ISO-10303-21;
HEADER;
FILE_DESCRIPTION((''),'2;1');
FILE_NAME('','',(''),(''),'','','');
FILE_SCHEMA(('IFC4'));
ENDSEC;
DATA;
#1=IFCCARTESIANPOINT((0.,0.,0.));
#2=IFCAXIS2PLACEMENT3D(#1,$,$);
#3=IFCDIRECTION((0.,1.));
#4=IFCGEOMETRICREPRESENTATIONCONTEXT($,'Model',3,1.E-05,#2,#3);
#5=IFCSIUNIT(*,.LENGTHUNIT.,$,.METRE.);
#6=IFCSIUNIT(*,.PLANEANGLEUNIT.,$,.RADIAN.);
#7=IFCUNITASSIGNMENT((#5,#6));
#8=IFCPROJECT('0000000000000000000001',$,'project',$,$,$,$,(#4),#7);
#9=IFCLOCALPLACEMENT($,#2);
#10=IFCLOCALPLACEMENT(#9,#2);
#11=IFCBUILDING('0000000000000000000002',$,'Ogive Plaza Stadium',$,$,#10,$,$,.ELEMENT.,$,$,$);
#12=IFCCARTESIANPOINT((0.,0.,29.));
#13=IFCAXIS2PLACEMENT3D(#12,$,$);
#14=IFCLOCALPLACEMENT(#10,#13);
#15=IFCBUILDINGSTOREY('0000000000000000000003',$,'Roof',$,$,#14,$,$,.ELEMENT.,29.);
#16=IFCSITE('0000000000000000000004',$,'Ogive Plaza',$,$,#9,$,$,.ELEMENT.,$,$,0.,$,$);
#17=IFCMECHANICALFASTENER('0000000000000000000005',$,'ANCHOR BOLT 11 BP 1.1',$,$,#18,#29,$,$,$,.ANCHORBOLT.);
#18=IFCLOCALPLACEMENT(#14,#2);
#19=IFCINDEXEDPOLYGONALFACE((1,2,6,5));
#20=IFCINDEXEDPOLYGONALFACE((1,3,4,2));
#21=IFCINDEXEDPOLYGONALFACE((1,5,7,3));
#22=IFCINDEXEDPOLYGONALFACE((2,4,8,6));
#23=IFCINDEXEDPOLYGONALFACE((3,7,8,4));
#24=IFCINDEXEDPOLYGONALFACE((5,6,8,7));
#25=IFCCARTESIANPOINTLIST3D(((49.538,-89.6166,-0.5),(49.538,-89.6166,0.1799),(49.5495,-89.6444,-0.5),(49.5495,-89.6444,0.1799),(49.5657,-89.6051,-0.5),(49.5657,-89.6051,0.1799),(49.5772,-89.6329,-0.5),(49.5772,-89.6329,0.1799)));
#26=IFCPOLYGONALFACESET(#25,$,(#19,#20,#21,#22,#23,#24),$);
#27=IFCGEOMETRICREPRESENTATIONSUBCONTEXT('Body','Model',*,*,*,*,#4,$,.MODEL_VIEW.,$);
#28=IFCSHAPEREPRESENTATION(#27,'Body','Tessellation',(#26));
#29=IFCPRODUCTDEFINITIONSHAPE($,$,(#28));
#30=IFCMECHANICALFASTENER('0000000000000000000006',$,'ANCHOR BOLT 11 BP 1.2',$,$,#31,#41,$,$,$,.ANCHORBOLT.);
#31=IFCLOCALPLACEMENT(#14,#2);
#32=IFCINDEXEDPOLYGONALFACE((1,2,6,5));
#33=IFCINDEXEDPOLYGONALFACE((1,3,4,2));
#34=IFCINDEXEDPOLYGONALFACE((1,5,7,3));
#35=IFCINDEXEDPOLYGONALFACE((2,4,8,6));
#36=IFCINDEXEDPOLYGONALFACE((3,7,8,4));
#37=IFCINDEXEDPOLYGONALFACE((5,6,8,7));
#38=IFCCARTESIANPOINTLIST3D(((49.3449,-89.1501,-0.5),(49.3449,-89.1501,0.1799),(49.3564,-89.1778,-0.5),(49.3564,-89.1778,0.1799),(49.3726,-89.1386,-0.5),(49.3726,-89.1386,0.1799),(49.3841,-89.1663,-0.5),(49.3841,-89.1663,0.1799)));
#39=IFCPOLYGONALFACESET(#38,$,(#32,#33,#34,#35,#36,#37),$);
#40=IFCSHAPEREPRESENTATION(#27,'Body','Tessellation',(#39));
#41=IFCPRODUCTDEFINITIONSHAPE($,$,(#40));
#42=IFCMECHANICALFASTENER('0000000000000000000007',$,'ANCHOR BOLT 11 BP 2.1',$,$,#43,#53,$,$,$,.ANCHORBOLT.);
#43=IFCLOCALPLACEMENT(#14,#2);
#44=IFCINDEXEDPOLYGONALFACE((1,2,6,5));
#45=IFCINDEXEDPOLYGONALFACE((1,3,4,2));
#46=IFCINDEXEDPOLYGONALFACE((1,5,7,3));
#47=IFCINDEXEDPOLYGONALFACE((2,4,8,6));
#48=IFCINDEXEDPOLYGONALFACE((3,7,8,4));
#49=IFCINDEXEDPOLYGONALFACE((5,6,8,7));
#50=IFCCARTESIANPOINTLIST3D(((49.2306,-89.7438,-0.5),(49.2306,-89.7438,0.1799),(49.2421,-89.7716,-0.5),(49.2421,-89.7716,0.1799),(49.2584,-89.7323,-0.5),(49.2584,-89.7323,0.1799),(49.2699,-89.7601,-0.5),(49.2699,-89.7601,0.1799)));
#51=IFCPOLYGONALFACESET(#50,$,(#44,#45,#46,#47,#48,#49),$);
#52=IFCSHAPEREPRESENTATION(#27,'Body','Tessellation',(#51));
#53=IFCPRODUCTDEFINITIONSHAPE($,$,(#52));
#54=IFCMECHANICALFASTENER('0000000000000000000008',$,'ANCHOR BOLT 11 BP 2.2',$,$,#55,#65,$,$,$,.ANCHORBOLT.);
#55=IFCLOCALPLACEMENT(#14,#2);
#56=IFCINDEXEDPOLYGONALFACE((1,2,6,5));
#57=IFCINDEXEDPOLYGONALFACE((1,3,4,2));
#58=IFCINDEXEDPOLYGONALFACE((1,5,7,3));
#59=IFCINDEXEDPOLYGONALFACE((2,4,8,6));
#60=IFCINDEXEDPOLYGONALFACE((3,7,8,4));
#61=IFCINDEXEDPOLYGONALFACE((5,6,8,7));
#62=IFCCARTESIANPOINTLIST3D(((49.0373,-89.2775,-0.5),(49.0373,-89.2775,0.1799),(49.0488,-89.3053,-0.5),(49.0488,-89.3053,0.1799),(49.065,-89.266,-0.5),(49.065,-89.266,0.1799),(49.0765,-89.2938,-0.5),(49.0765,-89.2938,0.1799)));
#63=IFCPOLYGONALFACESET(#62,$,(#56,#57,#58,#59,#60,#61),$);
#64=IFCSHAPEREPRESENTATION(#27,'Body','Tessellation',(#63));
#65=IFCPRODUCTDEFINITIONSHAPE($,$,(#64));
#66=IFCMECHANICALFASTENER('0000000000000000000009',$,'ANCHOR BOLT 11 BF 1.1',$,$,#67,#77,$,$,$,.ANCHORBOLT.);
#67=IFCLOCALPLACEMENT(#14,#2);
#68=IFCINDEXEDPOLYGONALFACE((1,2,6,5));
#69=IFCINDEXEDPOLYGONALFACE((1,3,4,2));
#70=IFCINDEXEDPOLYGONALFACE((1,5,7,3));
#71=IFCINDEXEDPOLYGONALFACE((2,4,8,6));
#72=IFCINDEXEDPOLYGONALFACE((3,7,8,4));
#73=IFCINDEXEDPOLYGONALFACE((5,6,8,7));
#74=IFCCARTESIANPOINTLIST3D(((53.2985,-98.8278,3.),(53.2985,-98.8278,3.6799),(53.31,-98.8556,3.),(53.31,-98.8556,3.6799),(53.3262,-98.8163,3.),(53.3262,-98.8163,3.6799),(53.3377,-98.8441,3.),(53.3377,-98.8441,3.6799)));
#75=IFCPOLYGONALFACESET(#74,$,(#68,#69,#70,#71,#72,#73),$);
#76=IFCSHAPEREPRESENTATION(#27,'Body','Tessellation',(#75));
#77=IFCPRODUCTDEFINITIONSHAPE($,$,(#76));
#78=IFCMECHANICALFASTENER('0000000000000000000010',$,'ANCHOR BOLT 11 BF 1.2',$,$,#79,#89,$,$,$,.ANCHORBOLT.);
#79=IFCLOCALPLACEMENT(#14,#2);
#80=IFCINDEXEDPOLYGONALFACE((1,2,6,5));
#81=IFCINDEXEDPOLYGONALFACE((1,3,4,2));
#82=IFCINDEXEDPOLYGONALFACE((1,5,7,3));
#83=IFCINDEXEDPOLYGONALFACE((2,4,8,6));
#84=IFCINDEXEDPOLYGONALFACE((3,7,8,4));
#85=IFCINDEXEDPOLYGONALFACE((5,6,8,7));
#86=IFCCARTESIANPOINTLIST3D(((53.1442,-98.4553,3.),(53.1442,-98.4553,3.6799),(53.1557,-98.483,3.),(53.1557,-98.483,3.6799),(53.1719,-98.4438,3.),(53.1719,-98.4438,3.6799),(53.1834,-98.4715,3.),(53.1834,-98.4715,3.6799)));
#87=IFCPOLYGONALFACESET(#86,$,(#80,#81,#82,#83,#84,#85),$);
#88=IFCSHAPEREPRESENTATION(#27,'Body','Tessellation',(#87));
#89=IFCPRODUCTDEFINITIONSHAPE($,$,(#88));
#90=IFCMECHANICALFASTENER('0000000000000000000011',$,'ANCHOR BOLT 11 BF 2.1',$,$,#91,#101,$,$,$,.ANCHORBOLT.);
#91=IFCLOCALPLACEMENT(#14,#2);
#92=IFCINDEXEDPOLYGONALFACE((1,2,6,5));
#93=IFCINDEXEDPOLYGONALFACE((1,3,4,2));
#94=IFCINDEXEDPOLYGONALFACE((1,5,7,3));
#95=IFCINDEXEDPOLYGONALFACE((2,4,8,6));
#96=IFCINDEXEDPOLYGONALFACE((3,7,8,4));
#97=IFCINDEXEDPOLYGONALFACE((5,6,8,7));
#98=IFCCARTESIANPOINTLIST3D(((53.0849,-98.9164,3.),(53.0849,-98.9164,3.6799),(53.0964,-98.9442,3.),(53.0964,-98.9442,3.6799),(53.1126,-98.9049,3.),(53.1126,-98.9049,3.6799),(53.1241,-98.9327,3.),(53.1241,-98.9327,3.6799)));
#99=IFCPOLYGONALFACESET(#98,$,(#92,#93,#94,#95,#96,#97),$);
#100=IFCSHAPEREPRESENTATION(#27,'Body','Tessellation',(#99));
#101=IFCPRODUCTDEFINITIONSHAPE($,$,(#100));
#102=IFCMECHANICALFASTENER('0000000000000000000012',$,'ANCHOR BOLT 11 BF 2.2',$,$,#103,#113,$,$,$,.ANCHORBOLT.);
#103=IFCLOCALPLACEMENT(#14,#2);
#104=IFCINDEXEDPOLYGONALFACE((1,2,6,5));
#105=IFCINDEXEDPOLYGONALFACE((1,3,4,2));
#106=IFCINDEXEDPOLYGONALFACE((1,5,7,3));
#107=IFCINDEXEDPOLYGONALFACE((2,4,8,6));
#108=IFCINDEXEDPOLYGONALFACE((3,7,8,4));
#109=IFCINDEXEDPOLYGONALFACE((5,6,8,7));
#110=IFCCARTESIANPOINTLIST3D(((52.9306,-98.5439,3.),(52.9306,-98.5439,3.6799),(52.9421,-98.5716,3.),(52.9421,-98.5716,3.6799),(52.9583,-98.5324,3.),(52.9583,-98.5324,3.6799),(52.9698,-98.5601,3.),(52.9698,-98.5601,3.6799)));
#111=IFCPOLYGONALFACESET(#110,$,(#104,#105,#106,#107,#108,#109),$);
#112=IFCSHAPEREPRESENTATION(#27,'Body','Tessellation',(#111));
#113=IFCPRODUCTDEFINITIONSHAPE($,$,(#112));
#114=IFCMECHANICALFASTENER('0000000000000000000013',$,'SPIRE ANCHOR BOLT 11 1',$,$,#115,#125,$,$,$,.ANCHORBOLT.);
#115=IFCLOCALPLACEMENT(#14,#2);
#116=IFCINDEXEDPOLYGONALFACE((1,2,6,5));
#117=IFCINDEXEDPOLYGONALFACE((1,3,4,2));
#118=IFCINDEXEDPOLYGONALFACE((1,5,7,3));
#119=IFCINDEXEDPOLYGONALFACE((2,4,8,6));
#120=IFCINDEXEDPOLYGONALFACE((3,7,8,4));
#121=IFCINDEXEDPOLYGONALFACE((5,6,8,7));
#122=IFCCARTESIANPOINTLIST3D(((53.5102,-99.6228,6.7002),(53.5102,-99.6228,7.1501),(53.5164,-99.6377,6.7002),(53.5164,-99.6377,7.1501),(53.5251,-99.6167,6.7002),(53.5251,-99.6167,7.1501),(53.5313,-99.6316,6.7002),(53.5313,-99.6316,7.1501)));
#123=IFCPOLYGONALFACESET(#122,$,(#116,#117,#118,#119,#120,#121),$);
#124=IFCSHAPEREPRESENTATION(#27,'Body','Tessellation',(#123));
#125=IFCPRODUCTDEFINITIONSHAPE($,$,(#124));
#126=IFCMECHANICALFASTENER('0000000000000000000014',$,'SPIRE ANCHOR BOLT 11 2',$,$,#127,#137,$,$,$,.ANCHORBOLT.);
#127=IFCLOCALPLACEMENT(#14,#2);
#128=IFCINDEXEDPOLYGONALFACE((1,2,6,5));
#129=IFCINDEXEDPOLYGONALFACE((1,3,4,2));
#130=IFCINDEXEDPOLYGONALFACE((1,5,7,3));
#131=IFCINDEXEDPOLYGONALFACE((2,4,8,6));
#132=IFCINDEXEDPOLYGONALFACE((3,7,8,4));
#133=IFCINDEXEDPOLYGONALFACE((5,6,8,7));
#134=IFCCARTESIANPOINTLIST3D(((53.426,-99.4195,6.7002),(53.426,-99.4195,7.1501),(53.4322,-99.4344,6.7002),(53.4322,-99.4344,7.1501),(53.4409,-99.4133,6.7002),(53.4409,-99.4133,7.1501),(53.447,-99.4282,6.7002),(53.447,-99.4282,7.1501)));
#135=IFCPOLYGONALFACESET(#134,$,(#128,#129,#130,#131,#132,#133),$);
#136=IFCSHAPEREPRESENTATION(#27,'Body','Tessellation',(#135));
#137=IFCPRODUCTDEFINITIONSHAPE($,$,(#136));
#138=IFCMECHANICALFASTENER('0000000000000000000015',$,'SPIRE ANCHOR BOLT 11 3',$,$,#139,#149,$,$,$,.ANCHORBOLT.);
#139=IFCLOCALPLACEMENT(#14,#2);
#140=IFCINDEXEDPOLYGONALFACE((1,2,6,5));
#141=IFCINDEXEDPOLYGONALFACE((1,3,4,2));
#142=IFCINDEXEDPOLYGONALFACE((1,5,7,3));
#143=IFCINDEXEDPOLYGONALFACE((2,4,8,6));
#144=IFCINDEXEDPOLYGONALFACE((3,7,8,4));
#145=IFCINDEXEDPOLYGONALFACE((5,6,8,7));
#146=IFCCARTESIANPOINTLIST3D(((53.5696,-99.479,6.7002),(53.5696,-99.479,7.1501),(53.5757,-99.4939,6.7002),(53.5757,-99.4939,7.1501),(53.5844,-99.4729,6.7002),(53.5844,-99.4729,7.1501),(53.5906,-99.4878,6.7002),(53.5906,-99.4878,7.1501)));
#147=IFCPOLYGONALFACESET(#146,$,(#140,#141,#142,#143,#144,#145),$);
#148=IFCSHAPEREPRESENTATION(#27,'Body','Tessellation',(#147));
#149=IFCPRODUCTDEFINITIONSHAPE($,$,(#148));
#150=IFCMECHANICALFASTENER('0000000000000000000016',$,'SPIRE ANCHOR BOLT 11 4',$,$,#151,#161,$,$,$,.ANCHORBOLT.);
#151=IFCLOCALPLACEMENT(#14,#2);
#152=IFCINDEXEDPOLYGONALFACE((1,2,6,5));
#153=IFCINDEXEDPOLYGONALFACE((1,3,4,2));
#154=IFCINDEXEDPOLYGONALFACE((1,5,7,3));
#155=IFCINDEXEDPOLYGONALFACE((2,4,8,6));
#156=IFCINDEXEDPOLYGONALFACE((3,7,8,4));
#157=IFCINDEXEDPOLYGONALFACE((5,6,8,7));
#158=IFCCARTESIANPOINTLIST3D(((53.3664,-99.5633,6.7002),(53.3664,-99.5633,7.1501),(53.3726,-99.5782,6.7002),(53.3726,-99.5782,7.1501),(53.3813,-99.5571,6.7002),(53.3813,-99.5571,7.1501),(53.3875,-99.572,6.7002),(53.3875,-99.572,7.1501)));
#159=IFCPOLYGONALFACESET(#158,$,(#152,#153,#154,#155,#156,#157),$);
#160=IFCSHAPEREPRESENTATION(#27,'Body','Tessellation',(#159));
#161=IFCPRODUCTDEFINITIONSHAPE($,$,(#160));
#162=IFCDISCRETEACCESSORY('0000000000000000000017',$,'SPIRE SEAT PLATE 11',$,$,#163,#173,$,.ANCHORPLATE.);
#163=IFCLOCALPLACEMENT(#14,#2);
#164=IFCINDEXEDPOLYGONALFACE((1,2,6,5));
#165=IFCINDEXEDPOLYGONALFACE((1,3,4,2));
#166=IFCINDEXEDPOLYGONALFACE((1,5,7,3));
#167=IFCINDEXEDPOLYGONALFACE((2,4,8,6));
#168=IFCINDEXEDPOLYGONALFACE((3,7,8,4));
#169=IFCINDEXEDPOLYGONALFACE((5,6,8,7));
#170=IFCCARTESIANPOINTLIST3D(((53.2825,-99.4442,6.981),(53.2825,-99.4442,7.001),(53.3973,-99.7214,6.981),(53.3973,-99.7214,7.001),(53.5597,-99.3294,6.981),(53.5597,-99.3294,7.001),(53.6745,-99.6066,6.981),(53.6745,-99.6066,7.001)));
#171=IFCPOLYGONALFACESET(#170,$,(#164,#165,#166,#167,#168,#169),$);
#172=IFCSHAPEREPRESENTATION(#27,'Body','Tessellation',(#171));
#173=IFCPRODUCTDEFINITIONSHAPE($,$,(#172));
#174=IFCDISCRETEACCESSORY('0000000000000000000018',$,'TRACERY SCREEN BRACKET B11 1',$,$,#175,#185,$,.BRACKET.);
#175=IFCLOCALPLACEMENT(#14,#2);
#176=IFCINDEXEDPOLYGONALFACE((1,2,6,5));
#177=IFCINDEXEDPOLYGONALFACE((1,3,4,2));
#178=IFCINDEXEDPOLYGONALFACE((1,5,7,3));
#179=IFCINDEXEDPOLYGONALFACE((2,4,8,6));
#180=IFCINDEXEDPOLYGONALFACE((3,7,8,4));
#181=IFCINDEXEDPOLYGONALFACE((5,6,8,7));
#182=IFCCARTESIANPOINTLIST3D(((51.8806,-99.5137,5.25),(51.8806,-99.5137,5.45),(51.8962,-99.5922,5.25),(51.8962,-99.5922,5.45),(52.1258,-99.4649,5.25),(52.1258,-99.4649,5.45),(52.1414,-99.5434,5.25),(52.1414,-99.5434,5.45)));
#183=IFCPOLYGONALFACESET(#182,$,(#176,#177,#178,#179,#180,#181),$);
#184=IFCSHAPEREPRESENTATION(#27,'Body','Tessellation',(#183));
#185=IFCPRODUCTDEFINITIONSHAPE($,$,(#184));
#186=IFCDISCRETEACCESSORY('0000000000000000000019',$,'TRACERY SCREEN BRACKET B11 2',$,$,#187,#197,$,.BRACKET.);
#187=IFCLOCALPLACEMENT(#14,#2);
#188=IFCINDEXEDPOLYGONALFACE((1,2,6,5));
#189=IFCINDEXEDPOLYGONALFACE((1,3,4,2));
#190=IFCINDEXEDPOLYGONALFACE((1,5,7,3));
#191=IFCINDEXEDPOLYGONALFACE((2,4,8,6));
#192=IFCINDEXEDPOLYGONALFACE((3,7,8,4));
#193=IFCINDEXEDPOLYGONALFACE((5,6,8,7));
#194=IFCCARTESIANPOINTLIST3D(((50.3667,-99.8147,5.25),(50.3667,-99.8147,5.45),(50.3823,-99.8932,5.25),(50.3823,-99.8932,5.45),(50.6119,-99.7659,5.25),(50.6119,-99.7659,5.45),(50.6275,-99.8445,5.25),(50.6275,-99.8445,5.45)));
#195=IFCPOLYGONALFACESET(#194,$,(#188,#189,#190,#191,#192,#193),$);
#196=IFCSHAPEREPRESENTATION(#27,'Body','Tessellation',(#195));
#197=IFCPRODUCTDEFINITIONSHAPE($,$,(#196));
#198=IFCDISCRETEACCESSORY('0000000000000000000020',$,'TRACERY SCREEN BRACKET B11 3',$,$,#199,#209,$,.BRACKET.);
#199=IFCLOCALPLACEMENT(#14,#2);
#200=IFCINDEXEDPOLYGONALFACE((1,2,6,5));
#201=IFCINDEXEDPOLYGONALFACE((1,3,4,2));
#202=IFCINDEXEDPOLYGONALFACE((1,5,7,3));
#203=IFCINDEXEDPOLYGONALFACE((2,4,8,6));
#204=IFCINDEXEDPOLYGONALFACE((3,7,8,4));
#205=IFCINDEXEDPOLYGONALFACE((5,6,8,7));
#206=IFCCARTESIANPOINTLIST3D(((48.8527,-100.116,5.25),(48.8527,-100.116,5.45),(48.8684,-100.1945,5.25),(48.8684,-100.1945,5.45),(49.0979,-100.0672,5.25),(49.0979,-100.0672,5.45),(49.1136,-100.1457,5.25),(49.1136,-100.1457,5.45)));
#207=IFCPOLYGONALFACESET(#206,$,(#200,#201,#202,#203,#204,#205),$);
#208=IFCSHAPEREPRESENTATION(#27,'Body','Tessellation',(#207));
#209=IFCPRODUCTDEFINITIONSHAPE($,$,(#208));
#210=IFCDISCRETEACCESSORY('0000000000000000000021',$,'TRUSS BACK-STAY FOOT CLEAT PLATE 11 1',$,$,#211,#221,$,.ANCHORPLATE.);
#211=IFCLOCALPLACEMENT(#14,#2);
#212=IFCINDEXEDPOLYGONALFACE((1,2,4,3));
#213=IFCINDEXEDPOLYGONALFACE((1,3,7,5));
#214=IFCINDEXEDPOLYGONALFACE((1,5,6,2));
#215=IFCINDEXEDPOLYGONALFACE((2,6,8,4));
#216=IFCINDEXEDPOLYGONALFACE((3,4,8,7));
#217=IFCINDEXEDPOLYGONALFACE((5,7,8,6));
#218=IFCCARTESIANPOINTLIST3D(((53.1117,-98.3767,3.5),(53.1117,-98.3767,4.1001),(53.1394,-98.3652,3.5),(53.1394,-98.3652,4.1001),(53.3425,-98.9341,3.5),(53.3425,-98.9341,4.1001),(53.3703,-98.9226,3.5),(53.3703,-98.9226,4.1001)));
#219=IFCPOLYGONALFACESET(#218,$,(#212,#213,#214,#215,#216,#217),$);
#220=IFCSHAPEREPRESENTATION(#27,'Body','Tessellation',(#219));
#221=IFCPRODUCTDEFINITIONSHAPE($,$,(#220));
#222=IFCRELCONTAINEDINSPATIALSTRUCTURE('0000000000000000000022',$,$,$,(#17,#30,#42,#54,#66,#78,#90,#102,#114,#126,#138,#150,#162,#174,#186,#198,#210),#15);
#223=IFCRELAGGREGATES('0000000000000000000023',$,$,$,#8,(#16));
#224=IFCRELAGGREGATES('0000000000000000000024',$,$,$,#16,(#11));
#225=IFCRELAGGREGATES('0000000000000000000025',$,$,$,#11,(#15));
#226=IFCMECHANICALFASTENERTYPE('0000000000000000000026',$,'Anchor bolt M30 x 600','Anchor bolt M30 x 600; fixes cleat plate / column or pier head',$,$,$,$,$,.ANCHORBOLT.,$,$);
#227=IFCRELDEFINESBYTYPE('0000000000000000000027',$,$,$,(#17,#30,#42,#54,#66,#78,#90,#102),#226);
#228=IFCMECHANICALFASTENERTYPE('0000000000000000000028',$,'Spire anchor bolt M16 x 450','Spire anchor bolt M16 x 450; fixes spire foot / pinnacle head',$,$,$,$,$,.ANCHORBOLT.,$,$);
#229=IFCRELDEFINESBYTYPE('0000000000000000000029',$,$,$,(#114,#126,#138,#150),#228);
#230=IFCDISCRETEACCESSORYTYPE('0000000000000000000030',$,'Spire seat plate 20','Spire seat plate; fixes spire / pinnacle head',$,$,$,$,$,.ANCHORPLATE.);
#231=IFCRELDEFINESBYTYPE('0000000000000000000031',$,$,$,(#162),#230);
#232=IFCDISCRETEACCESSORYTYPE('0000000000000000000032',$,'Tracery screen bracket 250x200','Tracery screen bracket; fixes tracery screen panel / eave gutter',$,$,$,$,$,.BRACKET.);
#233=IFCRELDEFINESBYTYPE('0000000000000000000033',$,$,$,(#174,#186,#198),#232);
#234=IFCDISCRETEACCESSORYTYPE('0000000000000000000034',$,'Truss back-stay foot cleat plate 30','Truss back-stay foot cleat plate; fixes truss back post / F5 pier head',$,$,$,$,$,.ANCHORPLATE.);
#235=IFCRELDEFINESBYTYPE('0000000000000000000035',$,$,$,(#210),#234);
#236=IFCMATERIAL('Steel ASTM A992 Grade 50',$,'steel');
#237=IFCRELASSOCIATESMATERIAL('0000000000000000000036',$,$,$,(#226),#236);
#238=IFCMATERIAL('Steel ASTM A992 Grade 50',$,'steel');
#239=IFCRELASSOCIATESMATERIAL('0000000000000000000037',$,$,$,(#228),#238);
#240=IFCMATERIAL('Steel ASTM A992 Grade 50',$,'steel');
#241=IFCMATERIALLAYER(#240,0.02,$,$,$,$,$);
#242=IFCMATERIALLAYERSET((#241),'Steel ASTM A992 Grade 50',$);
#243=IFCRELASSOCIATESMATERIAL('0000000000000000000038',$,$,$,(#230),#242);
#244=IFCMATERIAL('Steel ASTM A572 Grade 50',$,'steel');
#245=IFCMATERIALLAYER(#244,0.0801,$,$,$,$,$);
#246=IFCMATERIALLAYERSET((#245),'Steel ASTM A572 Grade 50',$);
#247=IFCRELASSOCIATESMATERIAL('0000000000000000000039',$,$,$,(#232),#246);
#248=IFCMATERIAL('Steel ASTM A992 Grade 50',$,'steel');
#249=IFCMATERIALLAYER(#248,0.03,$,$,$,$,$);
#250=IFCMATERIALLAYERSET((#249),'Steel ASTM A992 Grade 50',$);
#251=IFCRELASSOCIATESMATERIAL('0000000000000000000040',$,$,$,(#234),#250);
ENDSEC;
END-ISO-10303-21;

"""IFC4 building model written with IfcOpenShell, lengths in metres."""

from ifc_helpers import new_model, si_unit, direction, frame, origin, origin_2d, place, context, subcontext, project, spatial, rectangle, extrude, material, layer, layer_set, type_object, element, save


model = new_model("IFC4")

# Units and contexts
model_context = context("Model", 3, precision=1e-05, world=origin(), true_north=direction((0.0, 1.0)))
body_context = subcontext(model_context, "Body", "Model", "MODEL_VIEW")
ifc_project = project(units=[si_unit("LENGTHUNIT", "METRE"), si_unit("PLANEANGLEUNIT", "RADIAN")], contexts=[model_context])

# Site, building, storey
site_placement = place(None, origin())
site = spatial("IfcSite", under=ifc_project, at=site_placement, Name="Ogive Plaza", CompositionType="ELEMENT", RefElevation=0.0)
building_placement = place(site_placement, origin())
building = spatial("IfcBuilding", under=site, at=building_placement, Name="Ogive Plaza Stadium", CompositionType="ELEMENT")
storey_placement = place(building_placement, frame((0.0, 0.0, 29.0)))
storey = spatial("IfcBuildingStorey", under=building, at=storey_placement, Name="Roof", CompositionType="ELEMENT", Elevation=29.0)

# Mechanical fasteners
ifc_material_1 = material(Name="Steel ASTM A992 Grade 50", Category="steel")
mechanical_fastener_type_1 = type_object("IfcMechanicalFastenerType", Name="Anchor bolt M30 x 600", Description="Anchor bolt M30 x 600; fixes cleat plate / column or pier head", PredefinedType="ANCHORBOLT", material=ifc_material_1)
for number, where, z_axis, x_axis, name in (
    (1, (49.5576, -89.6248, -0.5), (0.0, 0.0, 1.0), (0.382683, -0.92388, 0.0), "ANCHOR BOLT 11 BP 1.1"),
    (2, (49.3645, -89.1582, -0.5), (0.0, 0.0, 1.0), (0.382683, -0.92388, 0.0), "ANCHOR BOLT 11 BP 1.2"),
    (3, (49.2502, -89.752, -0.5), (0.0, 0.0, 1.0), (0.382683, -0.92388, 0.0), "ANCHOR BOLT 11 BP 2.1"),
    (4, (49.0569, -89.2856, -0.5), (0.0, 0.0, 1.0), (0.382683, -0.92388, 0.0), "ANCHOR BOLT 11 BP 2.2"),
    (5, (53.3181, -98.8359, 3.0), (0.0, 0.0, 1.0), (0.382683, -0.92388, 0.0), "ANCHOR BOLT 11 BF 1.1"),
    (6, (53.1638, -98.4634, 3.0), (0.0, 0.0, 1.0), (0.382683, -0.92388, 0.0), "ANCHOR BOLT 11 BF 1.2"),
    (7, (53.1045, -98.9246, 3.0), (0.0, 0.0, 1.0), (0.382683, -0.92388, 0.0), "ANCHOR BOLT 11 BF 2.1"),
    (8, (52.9502, -98.552, 3.0), (0.0, 0.0, 1.0), (0.382683, -0.92388, 0.0), "ANCHOR BOLT 11 BF 2.2"),
):
    element("IfcMechanicalFastener", number, at=place(storey_placement, frame(where, z_axis=z_axis, x_axis=x_axis)), inside=storey, type_object=mechanical_fastener_type_1, Name=name, PredefinedType="ANCHORBOLT", context=body_context, shape_type="SweptSolid", body=[
        extrude(rectangle(XDim=0.03, YDim=0.03, at=origin_2d()), origin(), (0.0, 0.0, 1.0), 0.6799),
    ])
ifc_material_2 = material(Name="Steel ASTM A992 Grade 50", Category="steel")
mechanical_fastener_type_2 = type_object("IfcMechanicalFastenerType", Name="Spire anchor bolt M16 x 450", Description="Spire anchor bolt M16 x 450; fixes spire foot / pinnacle head", PredefinedType="ANCHORBOLT", material=ifc_material_2)
for number, where, z_axis, x_axis, name in (
    (9, (53.5208, -99.6272, 6.7002), (0.0, 0.0, 1.0), (0.382683, -0.92388, 0.0), "SPIRE ANCHOR BOLT 11 1"),
    (10, (53.4365, -99.4238, 6.7002), (0.0, 0.0, 1.0), (0.382683, -0.92388, 0.0), "SPIRE ANCHOR BOLT 11 2"),
    (11, (53.5801, -99.4834, 6.7002), (0.0, 0.0, 1.0), (0.382683, -0.92388, 0.0), "SPIRE ANCHOR BOLT 11 3"),
    (12, (53.377, -99.5676, 6.7002), (0.0, 0.0, 1.0), (0.382683, -0.92388, 0.0), "SPIRE ANCHOR BOLT 11 4"),
):
    element("IfcMechanicalFastener", number, at=place(storey_placement, frame(where, z_axis=z_axis, x_axis=x_axis)), inside=storey, type_object=mechanical_fastener_type_2, Name=name, PredefinedType="ANCHORBOLT", context=body_context, shape_type="SweptSolid", body=[
        extrude(rectangle(XDim=0.0161, YDim=0.0161, at=origin_2d()), origin(), (0.0, 0.0, 1.0), 0.45),
    ])

# Discrete accessories
ifc_material_3 = material(Name="Steel ASTM A992 Grade 50", Category="steel")
ifc_layer_1 = layer(ifc_material_3, 0.02)
ifc_layer_set_1 = layer_set([ifc_layer_1], Name="Steel ASTM A992 Grade 50")
discrete_accessory_type_1 = type_object("IfcDiscreteAccessoryType", Name="Spire seat plate 20", Description="Spire seat plate; fixes spire / pinnacle head", PredefinedType="ANCHORPLATE", material=ifc_layer_set_1)
discrete_accessory_placement = place(storey_placement, frame((53.4785, -99.5254, 6.981), z_axis=(0.0, 0.0, 1.0), x_axis=(0.382683, -0.92388, 0.0)))
element("IfcDiscreteAccessory", 13, at=discrete_accessory_placement, inside=storey, type_object=discrete_accessory_type_1, Name="SPIRE SEAT PLATE 11", PredefinedType="ANCHORPLATE", context=body_context, shape_type="SweptSolid", body=[
    extrude(rectangle(XDim=0.3, YDim=0.3, at=origin_2d()), origin(), (0.0, 0.0, 1.0), 0.02),
])
ifc_material_4 = material(Name="Steel ASTM A572 Grade 50", Category="steel")
ifc_layer_2 = layer(ifc_material_4, 0.0801)
ifc_layer_set_2 = layer_set([ifc_layer_2], Name="Steel ASTM A572 Grade 50")
discrete_accessory_type_2 = type_object("IfcDiscreteAccessoryType", Name="Tracery screen bracket 250x200", Description="Tracery screen bracket; fixes tracery screen panel / eave gutter", PredefinedType="BRACKET", material=ifc_layer_set_2)
for number, where, z_axis, x_axis, name in (
    (14, (52.011, -99.5286, 5.25), (0.0, 0.0, 1.0), (-0.980785, -0.19509, 0.0), "TRACERY SCREEN BRACKET B11 1"),
    (15, (50.4971, -99.8296, 5.25), (0.0, 0.0, 1.0), (-0.980785, -0.19509, 0.0), "TRACERY SCREEN BRACKET B11 2"),
    (16, (48.9832, -100.1309, 5.25), (0.0, 0.0, 1.0), (-0.980785, -0.19509, 0.0), "TRACERY SCREEN BRACKET B11 3"),
):
    element("IfcDiscreteAccessory", number, at=place(storey_placement, frame(where, z_axis=z_axis, x_axis=x_axis)), inside=storey, type_object=discrete_accessory_type_2, Name=name, PredefinedType="BRACKET", context=body_context, shape_type="SweptSolid", body=[
        extrude(rectangle(XDim=0.25, YDim=0.0801, at=origin_2d()), origin(), (0.0, 0.0, 1.0), 0.2),
    ])
ifc_material_5 = material(Name="Steel ASTM A992 Grade 50", Category="steel")
ifc_layer_3 = layer(ifc_material_5, 0.03)
ifc_layer_set_3 = layer_set([ifc_layer_3], Name="Steel ASTM A992 Grade 50")
discrete_accessory_type_3 = type_object("IfcDiscreteAccessoryType", Name="Truss back-stay foot cleat plate 30", Description="Truss back-stay foot cleat plate; fixes truss back post / F5 pier head", PredefinedType="ANCHORPLATE", material=ifc_layer_set_3)
for number, where, z_axis, x_axis, name in (
    (17, (53.241, -98.6497, 3.5), (0.0, 0.0, 1.0), (0.382683, -0.92388, 0.0), "TRUSS BACK-STAY FOOT CLEAT PLATE 11 1"),
):
    element("IfcDiscreteAccessory", number, at=place(storey_placement, frame(where, z_axis=z_axis, x_axis=x_axis)), inside=storey, type_object=discrete_accessory_type_3, Name=name, PredefinedType="ANCHORPLATE", context=body_context, shape_type="SweptSolid", body=[
        extrude(rectangle(XDim=0.6033, YDim=0.03, at=origin_2d()), origin(), (0.0, 0.0, 1.0), 0.6001),
    ])

save(model, "model.ifc")
